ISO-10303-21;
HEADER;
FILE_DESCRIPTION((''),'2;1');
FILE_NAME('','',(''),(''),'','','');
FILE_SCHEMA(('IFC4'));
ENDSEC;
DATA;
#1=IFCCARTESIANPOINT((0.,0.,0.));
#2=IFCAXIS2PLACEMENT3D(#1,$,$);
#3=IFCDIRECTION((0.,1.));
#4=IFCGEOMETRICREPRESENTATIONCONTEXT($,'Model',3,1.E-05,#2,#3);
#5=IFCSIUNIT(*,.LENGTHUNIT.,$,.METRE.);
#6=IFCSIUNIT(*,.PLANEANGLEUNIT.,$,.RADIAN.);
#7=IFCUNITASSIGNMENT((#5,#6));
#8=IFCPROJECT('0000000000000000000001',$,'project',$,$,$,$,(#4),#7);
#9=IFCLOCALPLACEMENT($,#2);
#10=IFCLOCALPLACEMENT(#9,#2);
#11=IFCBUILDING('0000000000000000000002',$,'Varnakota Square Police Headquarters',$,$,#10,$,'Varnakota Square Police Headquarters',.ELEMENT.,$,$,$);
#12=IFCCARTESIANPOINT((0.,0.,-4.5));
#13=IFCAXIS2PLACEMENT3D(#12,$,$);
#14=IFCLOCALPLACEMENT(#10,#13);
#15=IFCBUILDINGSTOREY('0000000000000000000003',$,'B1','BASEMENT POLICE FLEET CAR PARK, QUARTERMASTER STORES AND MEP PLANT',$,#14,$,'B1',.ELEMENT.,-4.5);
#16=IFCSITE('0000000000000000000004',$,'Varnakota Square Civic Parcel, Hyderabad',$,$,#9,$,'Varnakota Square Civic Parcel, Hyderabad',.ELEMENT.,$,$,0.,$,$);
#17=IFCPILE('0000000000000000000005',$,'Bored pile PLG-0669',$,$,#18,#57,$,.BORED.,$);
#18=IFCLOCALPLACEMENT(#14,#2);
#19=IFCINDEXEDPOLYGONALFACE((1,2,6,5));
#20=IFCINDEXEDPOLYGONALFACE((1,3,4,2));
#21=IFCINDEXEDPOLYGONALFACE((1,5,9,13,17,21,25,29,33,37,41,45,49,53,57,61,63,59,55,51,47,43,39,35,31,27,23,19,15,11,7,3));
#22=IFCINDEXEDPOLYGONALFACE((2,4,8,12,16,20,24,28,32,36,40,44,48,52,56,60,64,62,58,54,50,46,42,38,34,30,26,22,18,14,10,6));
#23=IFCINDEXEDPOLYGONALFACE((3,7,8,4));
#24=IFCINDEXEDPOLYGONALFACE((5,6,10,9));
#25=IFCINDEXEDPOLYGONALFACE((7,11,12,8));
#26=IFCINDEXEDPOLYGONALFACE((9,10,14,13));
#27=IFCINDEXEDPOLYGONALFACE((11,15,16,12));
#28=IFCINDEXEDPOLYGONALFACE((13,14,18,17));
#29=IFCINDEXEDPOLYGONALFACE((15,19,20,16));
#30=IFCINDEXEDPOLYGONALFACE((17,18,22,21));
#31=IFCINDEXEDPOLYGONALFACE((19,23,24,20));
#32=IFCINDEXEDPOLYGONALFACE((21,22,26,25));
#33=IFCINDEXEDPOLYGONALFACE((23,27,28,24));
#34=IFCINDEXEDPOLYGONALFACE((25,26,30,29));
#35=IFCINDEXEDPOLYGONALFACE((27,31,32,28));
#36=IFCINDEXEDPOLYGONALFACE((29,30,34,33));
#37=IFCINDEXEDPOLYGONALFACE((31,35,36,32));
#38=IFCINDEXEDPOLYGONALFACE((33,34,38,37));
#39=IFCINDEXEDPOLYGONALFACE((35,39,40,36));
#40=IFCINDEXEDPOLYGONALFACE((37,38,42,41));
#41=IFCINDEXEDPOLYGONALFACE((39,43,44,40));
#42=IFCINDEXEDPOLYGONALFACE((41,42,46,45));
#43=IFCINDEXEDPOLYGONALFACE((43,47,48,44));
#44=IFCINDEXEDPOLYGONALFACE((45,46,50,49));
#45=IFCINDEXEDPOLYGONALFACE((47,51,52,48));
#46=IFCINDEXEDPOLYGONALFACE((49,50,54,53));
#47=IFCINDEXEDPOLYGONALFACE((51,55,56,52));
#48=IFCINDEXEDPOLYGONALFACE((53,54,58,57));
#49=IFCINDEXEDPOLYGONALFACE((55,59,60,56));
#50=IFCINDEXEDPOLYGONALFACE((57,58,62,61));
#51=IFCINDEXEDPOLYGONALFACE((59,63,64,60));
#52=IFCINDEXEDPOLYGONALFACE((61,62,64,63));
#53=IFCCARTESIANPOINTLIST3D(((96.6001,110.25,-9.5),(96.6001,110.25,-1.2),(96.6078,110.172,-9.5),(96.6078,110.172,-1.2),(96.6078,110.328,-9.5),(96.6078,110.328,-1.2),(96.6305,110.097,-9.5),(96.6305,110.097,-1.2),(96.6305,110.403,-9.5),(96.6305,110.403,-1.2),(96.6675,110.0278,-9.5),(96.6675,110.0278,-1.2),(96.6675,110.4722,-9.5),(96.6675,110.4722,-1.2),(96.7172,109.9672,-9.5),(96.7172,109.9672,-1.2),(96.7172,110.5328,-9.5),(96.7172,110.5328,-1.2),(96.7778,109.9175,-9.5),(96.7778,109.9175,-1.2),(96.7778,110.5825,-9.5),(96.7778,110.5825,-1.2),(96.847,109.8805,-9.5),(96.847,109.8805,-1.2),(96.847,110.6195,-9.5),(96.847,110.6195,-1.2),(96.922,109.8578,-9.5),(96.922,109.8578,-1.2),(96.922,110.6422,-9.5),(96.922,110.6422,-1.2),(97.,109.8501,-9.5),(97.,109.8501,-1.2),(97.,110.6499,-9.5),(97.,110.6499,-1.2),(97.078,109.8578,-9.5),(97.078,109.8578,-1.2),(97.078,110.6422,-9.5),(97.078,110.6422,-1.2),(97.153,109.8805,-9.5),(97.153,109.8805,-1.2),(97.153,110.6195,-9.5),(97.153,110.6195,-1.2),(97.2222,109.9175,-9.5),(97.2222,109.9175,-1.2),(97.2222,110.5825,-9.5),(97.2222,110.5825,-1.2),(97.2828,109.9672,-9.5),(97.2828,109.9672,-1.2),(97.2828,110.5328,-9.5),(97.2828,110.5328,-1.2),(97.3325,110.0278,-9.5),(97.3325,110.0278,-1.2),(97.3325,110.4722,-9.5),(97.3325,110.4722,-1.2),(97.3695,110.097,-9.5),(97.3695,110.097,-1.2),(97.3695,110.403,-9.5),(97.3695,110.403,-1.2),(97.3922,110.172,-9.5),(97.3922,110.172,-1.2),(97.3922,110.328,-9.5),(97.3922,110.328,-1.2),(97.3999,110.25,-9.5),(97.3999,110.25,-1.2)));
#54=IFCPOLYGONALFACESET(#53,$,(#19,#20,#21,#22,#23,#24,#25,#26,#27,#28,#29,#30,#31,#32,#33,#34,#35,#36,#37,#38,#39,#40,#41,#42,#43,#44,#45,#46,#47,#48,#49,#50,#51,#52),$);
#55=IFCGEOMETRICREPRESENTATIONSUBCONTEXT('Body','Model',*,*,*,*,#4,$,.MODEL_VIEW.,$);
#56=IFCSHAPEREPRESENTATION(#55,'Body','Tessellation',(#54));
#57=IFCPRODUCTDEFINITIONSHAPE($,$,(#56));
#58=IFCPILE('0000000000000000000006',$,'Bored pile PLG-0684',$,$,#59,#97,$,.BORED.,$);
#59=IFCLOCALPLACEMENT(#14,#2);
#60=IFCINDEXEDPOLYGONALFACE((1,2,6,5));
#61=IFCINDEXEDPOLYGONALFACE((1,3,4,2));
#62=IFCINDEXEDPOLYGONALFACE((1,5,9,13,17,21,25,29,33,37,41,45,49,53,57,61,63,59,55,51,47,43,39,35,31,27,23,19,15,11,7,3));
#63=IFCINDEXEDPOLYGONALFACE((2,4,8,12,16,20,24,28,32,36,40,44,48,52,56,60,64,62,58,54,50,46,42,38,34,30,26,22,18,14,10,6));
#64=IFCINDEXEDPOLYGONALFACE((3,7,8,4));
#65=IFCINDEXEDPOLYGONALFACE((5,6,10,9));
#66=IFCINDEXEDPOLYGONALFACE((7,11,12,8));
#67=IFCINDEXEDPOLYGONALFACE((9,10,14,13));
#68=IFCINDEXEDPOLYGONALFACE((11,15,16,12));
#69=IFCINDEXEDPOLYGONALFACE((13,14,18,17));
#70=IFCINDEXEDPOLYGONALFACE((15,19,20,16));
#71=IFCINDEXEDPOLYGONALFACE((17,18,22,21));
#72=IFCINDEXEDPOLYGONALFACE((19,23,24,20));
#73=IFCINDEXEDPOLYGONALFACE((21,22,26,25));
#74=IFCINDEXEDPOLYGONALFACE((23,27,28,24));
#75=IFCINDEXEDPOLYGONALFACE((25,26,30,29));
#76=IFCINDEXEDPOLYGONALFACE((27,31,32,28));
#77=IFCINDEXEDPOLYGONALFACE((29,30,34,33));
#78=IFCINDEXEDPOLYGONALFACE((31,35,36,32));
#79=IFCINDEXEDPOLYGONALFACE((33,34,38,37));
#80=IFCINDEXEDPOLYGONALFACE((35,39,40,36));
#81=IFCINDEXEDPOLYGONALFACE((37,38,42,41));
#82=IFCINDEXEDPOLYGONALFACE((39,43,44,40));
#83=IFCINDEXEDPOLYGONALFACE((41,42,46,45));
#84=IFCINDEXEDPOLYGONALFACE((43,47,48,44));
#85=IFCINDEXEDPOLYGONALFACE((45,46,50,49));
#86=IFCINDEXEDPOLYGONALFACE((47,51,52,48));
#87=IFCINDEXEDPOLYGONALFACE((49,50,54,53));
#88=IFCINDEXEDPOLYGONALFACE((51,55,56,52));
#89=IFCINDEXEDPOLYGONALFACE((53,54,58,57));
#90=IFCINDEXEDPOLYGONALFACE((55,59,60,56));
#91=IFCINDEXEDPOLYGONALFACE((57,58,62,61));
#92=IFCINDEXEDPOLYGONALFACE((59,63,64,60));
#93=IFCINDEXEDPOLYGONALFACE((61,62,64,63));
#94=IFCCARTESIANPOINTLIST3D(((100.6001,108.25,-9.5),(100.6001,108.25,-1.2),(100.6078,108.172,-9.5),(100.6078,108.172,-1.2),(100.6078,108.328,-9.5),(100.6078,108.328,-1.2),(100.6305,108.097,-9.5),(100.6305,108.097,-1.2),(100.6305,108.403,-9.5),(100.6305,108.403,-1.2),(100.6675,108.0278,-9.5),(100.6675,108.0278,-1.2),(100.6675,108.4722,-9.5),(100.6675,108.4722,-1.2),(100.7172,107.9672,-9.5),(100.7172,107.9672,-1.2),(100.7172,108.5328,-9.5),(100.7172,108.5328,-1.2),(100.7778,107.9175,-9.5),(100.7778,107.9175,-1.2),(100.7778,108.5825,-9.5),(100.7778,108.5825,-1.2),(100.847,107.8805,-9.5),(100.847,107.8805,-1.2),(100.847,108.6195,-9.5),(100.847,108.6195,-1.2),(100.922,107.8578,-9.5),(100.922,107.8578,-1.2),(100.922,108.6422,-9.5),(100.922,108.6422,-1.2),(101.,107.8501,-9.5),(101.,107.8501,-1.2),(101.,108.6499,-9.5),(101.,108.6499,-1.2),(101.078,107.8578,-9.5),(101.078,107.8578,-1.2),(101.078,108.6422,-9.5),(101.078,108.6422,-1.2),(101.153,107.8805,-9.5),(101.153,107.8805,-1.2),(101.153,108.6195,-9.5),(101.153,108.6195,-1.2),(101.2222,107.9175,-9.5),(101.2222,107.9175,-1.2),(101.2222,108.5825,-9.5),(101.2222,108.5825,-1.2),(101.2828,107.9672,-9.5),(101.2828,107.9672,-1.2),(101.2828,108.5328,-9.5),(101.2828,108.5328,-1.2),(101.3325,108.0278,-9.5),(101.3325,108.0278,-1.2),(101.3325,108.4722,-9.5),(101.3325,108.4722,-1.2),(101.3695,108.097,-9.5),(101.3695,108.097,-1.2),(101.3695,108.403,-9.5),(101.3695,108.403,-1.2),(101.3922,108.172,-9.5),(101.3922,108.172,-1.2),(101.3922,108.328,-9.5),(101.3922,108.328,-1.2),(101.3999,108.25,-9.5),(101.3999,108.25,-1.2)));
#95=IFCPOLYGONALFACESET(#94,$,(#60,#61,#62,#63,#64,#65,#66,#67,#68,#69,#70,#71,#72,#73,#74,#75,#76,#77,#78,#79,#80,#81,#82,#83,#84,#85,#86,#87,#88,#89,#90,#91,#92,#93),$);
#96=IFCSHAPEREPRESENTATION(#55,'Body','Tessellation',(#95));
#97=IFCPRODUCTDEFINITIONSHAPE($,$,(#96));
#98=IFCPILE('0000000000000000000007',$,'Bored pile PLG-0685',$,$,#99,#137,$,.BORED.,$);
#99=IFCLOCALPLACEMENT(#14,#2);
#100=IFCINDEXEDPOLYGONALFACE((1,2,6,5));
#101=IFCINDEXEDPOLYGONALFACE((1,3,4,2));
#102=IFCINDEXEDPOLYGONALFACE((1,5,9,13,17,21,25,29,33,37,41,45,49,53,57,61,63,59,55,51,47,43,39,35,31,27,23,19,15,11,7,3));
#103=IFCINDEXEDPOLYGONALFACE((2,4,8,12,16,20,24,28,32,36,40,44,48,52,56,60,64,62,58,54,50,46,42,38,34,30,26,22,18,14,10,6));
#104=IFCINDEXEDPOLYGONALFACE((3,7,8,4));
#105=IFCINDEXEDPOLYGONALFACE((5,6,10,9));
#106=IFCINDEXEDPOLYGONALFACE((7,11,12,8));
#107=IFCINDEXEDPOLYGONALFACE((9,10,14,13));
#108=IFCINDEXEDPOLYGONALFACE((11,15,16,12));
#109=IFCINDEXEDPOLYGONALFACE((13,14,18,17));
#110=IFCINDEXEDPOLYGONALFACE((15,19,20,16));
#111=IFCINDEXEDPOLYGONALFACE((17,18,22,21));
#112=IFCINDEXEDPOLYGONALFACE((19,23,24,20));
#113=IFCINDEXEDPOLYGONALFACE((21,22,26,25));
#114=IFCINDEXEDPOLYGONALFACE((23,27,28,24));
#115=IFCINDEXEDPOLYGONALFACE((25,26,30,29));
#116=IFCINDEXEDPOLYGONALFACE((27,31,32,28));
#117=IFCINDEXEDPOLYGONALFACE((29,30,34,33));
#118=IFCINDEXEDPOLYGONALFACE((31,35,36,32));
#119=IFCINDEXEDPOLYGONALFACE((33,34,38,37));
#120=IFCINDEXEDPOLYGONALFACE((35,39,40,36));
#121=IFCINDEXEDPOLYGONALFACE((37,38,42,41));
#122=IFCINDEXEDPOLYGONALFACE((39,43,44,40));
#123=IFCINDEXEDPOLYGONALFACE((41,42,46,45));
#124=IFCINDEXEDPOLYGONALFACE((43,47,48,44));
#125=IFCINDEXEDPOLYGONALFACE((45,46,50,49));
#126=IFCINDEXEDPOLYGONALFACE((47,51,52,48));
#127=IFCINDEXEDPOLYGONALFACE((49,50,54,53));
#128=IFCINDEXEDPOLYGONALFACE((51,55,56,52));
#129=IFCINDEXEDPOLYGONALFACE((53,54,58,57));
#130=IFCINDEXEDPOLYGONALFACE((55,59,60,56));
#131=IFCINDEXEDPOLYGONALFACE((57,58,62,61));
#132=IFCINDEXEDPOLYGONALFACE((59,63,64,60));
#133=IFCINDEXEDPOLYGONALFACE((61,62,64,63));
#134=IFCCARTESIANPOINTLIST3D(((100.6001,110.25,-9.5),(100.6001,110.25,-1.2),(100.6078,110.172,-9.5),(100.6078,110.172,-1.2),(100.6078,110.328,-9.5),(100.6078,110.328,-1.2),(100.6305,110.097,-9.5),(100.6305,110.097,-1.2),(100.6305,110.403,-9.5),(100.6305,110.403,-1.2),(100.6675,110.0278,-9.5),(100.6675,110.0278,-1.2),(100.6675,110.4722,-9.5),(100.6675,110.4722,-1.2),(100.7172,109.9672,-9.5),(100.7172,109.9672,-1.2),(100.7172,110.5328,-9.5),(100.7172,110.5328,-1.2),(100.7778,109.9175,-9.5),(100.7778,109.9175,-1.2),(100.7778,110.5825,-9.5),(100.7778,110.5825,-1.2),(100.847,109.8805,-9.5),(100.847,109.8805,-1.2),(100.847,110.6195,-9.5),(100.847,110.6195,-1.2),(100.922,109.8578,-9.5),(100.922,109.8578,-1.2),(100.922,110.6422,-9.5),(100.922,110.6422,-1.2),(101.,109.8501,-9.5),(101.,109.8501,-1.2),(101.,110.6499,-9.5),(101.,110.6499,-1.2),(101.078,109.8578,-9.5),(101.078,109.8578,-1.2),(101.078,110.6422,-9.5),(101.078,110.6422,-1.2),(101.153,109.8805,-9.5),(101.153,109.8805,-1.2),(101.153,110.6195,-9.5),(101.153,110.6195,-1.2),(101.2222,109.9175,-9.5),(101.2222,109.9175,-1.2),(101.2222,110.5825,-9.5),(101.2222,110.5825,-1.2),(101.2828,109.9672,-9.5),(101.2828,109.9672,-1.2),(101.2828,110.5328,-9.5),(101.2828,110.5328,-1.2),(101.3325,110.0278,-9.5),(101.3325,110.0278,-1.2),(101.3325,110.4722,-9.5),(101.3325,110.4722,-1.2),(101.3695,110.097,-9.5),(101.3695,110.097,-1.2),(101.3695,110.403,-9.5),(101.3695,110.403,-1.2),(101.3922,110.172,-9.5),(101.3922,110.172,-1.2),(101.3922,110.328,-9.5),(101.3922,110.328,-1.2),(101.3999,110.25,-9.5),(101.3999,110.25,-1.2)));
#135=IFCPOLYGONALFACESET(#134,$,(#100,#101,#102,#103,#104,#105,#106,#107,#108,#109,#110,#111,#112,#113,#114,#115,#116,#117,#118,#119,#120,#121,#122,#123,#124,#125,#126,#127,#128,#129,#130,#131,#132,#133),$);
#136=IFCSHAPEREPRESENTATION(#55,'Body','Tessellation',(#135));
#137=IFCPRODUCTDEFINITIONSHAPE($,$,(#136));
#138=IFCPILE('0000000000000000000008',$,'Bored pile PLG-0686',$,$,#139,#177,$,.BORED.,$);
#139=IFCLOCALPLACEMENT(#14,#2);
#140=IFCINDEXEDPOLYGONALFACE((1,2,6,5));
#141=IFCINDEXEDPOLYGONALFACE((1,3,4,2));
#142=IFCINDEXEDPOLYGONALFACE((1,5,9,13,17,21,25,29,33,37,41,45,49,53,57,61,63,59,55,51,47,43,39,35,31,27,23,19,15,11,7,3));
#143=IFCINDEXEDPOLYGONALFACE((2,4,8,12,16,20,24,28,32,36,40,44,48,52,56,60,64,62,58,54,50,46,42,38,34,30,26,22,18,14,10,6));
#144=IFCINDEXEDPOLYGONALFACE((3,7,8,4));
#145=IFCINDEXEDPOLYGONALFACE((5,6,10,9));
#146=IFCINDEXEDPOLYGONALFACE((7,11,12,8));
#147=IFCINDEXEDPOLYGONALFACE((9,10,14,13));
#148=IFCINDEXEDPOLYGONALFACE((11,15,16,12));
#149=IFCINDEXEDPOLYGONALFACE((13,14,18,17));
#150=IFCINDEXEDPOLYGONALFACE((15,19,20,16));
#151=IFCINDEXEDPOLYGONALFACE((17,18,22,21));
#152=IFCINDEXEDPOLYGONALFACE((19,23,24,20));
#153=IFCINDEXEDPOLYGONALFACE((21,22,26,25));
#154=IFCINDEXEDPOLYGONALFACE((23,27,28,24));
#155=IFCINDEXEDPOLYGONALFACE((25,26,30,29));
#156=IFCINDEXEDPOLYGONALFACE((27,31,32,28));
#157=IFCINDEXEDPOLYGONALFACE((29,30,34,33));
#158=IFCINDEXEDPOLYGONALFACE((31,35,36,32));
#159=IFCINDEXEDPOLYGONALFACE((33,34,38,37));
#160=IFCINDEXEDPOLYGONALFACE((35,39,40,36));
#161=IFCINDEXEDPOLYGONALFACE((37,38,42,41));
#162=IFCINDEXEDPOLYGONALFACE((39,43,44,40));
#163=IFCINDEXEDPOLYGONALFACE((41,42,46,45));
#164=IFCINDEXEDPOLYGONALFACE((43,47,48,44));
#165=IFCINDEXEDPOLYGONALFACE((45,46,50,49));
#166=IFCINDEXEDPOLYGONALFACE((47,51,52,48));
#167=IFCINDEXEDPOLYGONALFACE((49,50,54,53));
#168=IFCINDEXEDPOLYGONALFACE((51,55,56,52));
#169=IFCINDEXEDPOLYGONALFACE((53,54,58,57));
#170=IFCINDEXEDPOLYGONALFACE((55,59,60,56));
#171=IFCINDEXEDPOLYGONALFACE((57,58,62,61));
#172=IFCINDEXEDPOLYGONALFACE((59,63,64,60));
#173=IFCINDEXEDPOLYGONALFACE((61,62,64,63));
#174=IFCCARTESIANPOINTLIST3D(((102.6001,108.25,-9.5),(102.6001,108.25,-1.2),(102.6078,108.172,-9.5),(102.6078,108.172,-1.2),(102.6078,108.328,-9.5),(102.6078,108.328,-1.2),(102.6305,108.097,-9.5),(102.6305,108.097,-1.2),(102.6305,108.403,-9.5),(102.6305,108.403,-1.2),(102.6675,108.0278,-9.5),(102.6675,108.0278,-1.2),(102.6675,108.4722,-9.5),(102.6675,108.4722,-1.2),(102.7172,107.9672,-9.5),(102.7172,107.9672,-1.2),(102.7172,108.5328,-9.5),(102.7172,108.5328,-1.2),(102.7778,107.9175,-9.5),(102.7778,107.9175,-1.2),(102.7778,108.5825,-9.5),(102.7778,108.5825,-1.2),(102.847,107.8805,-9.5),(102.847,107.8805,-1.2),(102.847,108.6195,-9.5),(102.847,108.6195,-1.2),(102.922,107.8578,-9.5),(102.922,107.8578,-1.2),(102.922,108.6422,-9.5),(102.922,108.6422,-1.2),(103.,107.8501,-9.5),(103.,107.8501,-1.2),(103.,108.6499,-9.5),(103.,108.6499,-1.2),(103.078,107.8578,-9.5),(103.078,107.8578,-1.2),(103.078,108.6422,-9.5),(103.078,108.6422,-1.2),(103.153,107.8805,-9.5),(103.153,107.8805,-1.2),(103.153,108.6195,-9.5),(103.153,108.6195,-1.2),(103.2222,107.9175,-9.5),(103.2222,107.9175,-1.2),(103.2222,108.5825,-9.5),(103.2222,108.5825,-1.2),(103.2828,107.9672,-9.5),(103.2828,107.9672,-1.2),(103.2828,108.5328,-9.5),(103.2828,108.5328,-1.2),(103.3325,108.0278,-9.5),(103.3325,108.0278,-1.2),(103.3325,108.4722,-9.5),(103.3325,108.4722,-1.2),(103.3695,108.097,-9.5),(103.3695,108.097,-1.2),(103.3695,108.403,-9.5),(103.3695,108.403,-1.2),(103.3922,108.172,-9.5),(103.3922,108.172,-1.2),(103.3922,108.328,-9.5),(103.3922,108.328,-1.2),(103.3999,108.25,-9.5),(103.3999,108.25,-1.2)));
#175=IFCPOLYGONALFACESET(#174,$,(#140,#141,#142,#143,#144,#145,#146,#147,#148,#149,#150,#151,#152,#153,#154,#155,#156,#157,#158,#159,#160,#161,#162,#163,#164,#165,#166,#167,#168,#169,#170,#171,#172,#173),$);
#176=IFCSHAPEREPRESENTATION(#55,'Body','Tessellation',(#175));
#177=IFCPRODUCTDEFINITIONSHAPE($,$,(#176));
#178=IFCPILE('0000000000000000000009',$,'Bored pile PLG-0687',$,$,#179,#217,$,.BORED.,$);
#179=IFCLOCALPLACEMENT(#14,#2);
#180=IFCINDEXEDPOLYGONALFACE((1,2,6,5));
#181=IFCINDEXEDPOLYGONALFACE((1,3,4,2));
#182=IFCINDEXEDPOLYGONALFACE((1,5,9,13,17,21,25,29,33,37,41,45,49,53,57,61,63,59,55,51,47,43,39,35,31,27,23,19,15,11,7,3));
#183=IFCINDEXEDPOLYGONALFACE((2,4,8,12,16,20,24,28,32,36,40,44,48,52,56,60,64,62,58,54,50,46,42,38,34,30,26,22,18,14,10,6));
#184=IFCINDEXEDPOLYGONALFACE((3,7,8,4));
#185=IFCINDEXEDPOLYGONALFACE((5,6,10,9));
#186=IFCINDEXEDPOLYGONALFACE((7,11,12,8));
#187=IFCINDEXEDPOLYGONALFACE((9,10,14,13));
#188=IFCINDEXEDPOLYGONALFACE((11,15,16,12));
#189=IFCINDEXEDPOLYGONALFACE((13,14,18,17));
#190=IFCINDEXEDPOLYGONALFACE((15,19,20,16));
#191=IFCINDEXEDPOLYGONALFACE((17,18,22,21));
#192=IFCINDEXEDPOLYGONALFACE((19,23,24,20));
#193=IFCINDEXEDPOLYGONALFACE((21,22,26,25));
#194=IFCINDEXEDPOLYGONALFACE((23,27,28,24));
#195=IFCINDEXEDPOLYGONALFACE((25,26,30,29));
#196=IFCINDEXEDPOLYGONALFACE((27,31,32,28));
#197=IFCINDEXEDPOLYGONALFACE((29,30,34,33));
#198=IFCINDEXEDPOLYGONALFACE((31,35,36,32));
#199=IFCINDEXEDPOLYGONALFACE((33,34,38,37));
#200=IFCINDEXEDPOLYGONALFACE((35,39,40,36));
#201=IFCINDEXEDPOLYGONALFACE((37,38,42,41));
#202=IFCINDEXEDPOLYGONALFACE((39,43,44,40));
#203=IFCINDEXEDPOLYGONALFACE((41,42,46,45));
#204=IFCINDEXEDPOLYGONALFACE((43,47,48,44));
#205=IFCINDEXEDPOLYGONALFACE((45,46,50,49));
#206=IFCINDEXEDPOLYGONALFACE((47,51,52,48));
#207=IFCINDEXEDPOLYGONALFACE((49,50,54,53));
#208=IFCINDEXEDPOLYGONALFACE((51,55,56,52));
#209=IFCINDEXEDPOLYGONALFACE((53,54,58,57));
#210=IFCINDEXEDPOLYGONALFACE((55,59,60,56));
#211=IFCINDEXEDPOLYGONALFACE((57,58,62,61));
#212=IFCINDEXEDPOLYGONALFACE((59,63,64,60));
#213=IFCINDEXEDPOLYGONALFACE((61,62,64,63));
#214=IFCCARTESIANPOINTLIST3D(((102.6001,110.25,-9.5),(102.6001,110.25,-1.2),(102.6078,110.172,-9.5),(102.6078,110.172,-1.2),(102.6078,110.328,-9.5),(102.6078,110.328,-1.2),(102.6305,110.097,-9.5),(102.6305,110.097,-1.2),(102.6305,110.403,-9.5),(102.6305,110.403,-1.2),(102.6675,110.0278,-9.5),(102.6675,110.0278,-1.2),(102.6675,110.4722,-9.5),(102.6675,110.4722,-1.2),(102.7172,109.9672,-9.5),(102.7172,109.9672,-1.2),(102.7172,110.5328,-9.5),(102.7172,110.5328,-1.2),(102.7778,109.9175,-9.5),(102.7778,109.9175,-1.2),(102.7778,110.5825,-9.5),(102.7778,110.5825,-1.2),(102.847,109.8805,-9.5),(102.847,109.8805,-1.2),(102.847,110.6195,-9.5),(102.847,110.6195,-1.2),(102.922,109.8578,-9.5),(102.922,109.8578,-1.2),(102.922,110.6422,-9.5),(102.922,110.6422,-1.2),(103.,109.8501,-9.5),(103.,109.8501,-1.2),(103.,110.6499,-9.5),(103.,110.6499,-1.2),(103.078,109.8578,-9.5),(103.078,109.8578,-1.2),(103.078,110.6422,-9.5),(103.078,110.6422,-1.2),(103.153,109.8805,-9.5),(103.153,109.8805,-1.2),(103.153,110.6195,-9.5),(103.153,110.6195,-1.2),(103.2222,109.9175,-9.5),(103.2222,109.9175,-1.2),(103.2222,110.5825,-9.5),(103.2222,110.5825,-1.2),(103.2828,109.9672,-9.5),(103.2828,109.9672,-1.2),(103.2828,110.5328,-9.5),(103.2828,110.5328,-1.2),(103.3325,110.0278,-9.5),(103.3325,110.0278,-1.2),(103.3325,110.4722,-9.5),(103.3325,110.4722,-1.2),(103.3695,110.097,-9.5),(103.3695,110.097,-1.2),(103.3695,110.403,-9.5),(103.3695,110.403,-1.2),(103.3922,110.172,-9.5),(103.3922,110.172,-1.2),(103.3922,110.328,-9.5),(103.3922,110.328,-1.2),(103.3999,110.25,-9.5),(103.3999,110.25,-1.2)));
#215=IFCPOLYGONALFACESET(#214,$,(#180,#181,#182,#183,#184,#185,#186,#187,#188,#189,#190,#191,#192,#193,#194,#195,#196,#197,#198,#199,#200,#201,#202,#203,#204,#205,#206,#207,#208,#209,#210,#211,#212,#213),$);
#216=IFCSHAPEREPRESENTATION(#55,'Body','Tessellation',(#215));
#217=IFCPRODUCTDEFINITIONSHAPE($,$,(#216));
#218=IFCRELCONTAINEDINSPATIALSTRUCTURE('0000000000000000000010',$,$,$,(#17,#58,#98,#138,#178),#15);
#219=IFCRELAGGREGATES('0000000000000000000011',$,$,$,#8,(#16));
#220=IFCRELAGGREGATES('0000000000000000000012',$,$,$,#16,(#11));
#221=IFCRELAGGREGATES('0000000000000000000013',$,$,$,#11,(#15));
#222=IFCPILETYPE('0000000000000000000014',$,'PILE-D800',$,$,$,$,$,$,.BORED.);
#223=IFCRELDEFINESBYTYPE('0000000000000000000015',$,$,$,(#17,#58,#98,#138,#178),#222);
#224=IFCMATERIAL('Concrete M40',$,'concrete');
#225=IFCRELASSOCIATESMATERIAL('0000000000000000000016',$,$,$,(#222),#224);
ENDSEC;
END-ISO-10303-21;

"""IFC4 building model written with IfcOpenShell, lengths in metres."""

from ifc_helpers import new_model, si_unit, direction, frame, origin, origin_2d, place, context, subcontext, project, spatial, circle, extrude, material, material_profile, profile_set, type_object, element, save


model = new_model("IFC4")

# Units and contexts
model_context = context("Model", 3, precision=1e-05, world=origin(), true_north=direction((0.0, 1.0)))
body_context = subcontext(model_context, "Body", "Model", "MODEL_VIEW")
ifc_project = project(units=[si_unit("LENGTHUNIT", "METRE"), si_unit("PLANEANGLEUNIT", "RADIAN")], contexts=[model_context])

# Site, building, storey
site_placement = place(None, origin())
site = spatial("IfcSite", under=ifc_project, at=site_placement, Name="Varnakota Square Civic Parcel, Hyderabad", LongName="Varnakota Square Civic Parcel, Hyderabad", CompositionType="ELEMENT", RefElevation=0.0)
building_placement = place(site_placement, origin())
building = spatial("IfcBuilding", under=site, at=building_placement, Name="Varnakota Square Police Headquarters", LongName="Varnakota Square Police Headquarters", CompositionType="ELEMENT")
storey_placement = place(building_placement, frame((0.0, 0.0, -4.5)))
storey = spatial("IfcBuildingStorey", under=building, at=storey_placement, Name="B1", Description="BASEMENT POLICE FLEET CAR PARK, QUARTERMASTER STORES AND MEP PLANT", LongName="B1", CompositionType="ELEMENT", Elevation=-4.5)

# Shared definitions
ifc_material_1 = material(Name="Concrete M40", Category="concrete")

# Piles
ifc_material_profile_1 = material_profile(ifc_material_1, circle(Radius=0.3999, at=origin_2d()), Name="BORED PILE 800")
ifc_profile_set_1 = profile_set([ifc_material_profile_1], Name="Concrete M40")
pile_type_1 = type_object("IfcPileType", Name="PILE-D800", PredefinedType="BORED", material=ifc_profile_set_1)
for number, where, z_axis, x_axis, name in (
    (1, (97.0, 110.25, -1.2), (0.0, 0.0, -1.0), (1.0, 0.0, 0.0), "Bored pile PLG-0669"),
    (2, (101.0, 108.25, -1.2), (0.0, 0.0, -1.0), (1.0, 0.0, 0.0), "Bored pile PLG-0684"),
    (3, (101.0, 110.25, -1.2), (0.0, 0.0, -1.0), (1.0, 0.0, 0.0), "Bored pile PLG-0685"),
    (4, (103.0, 108.25, -1.2), (0.0, 0.0, -1.0), (1.0, 0.0, 0.0), "Bored pile PLG-0686"),
    (5, (103.0, 110.25, -1.2), (0.0, 0.0, -1.0), (1.0, 0.0, 0.0), "Bored pile PLG-0687"),
):
    element("IfcPile", number, at=place(storey_placement, frame(where, z_axis=z_axis, x_axis=x_axis)), inside=storey, type_object=pile_type_1, Name=name, PredefinedType="BORED", context=body_context, shape_type="SweptSolid", body=[
        extrude(circle(Radius=0.3999, at=origin_2d()), origin(), (0.0, 0.0, 1.0), 8.3),
    ])

save(model, "model.ifc")
